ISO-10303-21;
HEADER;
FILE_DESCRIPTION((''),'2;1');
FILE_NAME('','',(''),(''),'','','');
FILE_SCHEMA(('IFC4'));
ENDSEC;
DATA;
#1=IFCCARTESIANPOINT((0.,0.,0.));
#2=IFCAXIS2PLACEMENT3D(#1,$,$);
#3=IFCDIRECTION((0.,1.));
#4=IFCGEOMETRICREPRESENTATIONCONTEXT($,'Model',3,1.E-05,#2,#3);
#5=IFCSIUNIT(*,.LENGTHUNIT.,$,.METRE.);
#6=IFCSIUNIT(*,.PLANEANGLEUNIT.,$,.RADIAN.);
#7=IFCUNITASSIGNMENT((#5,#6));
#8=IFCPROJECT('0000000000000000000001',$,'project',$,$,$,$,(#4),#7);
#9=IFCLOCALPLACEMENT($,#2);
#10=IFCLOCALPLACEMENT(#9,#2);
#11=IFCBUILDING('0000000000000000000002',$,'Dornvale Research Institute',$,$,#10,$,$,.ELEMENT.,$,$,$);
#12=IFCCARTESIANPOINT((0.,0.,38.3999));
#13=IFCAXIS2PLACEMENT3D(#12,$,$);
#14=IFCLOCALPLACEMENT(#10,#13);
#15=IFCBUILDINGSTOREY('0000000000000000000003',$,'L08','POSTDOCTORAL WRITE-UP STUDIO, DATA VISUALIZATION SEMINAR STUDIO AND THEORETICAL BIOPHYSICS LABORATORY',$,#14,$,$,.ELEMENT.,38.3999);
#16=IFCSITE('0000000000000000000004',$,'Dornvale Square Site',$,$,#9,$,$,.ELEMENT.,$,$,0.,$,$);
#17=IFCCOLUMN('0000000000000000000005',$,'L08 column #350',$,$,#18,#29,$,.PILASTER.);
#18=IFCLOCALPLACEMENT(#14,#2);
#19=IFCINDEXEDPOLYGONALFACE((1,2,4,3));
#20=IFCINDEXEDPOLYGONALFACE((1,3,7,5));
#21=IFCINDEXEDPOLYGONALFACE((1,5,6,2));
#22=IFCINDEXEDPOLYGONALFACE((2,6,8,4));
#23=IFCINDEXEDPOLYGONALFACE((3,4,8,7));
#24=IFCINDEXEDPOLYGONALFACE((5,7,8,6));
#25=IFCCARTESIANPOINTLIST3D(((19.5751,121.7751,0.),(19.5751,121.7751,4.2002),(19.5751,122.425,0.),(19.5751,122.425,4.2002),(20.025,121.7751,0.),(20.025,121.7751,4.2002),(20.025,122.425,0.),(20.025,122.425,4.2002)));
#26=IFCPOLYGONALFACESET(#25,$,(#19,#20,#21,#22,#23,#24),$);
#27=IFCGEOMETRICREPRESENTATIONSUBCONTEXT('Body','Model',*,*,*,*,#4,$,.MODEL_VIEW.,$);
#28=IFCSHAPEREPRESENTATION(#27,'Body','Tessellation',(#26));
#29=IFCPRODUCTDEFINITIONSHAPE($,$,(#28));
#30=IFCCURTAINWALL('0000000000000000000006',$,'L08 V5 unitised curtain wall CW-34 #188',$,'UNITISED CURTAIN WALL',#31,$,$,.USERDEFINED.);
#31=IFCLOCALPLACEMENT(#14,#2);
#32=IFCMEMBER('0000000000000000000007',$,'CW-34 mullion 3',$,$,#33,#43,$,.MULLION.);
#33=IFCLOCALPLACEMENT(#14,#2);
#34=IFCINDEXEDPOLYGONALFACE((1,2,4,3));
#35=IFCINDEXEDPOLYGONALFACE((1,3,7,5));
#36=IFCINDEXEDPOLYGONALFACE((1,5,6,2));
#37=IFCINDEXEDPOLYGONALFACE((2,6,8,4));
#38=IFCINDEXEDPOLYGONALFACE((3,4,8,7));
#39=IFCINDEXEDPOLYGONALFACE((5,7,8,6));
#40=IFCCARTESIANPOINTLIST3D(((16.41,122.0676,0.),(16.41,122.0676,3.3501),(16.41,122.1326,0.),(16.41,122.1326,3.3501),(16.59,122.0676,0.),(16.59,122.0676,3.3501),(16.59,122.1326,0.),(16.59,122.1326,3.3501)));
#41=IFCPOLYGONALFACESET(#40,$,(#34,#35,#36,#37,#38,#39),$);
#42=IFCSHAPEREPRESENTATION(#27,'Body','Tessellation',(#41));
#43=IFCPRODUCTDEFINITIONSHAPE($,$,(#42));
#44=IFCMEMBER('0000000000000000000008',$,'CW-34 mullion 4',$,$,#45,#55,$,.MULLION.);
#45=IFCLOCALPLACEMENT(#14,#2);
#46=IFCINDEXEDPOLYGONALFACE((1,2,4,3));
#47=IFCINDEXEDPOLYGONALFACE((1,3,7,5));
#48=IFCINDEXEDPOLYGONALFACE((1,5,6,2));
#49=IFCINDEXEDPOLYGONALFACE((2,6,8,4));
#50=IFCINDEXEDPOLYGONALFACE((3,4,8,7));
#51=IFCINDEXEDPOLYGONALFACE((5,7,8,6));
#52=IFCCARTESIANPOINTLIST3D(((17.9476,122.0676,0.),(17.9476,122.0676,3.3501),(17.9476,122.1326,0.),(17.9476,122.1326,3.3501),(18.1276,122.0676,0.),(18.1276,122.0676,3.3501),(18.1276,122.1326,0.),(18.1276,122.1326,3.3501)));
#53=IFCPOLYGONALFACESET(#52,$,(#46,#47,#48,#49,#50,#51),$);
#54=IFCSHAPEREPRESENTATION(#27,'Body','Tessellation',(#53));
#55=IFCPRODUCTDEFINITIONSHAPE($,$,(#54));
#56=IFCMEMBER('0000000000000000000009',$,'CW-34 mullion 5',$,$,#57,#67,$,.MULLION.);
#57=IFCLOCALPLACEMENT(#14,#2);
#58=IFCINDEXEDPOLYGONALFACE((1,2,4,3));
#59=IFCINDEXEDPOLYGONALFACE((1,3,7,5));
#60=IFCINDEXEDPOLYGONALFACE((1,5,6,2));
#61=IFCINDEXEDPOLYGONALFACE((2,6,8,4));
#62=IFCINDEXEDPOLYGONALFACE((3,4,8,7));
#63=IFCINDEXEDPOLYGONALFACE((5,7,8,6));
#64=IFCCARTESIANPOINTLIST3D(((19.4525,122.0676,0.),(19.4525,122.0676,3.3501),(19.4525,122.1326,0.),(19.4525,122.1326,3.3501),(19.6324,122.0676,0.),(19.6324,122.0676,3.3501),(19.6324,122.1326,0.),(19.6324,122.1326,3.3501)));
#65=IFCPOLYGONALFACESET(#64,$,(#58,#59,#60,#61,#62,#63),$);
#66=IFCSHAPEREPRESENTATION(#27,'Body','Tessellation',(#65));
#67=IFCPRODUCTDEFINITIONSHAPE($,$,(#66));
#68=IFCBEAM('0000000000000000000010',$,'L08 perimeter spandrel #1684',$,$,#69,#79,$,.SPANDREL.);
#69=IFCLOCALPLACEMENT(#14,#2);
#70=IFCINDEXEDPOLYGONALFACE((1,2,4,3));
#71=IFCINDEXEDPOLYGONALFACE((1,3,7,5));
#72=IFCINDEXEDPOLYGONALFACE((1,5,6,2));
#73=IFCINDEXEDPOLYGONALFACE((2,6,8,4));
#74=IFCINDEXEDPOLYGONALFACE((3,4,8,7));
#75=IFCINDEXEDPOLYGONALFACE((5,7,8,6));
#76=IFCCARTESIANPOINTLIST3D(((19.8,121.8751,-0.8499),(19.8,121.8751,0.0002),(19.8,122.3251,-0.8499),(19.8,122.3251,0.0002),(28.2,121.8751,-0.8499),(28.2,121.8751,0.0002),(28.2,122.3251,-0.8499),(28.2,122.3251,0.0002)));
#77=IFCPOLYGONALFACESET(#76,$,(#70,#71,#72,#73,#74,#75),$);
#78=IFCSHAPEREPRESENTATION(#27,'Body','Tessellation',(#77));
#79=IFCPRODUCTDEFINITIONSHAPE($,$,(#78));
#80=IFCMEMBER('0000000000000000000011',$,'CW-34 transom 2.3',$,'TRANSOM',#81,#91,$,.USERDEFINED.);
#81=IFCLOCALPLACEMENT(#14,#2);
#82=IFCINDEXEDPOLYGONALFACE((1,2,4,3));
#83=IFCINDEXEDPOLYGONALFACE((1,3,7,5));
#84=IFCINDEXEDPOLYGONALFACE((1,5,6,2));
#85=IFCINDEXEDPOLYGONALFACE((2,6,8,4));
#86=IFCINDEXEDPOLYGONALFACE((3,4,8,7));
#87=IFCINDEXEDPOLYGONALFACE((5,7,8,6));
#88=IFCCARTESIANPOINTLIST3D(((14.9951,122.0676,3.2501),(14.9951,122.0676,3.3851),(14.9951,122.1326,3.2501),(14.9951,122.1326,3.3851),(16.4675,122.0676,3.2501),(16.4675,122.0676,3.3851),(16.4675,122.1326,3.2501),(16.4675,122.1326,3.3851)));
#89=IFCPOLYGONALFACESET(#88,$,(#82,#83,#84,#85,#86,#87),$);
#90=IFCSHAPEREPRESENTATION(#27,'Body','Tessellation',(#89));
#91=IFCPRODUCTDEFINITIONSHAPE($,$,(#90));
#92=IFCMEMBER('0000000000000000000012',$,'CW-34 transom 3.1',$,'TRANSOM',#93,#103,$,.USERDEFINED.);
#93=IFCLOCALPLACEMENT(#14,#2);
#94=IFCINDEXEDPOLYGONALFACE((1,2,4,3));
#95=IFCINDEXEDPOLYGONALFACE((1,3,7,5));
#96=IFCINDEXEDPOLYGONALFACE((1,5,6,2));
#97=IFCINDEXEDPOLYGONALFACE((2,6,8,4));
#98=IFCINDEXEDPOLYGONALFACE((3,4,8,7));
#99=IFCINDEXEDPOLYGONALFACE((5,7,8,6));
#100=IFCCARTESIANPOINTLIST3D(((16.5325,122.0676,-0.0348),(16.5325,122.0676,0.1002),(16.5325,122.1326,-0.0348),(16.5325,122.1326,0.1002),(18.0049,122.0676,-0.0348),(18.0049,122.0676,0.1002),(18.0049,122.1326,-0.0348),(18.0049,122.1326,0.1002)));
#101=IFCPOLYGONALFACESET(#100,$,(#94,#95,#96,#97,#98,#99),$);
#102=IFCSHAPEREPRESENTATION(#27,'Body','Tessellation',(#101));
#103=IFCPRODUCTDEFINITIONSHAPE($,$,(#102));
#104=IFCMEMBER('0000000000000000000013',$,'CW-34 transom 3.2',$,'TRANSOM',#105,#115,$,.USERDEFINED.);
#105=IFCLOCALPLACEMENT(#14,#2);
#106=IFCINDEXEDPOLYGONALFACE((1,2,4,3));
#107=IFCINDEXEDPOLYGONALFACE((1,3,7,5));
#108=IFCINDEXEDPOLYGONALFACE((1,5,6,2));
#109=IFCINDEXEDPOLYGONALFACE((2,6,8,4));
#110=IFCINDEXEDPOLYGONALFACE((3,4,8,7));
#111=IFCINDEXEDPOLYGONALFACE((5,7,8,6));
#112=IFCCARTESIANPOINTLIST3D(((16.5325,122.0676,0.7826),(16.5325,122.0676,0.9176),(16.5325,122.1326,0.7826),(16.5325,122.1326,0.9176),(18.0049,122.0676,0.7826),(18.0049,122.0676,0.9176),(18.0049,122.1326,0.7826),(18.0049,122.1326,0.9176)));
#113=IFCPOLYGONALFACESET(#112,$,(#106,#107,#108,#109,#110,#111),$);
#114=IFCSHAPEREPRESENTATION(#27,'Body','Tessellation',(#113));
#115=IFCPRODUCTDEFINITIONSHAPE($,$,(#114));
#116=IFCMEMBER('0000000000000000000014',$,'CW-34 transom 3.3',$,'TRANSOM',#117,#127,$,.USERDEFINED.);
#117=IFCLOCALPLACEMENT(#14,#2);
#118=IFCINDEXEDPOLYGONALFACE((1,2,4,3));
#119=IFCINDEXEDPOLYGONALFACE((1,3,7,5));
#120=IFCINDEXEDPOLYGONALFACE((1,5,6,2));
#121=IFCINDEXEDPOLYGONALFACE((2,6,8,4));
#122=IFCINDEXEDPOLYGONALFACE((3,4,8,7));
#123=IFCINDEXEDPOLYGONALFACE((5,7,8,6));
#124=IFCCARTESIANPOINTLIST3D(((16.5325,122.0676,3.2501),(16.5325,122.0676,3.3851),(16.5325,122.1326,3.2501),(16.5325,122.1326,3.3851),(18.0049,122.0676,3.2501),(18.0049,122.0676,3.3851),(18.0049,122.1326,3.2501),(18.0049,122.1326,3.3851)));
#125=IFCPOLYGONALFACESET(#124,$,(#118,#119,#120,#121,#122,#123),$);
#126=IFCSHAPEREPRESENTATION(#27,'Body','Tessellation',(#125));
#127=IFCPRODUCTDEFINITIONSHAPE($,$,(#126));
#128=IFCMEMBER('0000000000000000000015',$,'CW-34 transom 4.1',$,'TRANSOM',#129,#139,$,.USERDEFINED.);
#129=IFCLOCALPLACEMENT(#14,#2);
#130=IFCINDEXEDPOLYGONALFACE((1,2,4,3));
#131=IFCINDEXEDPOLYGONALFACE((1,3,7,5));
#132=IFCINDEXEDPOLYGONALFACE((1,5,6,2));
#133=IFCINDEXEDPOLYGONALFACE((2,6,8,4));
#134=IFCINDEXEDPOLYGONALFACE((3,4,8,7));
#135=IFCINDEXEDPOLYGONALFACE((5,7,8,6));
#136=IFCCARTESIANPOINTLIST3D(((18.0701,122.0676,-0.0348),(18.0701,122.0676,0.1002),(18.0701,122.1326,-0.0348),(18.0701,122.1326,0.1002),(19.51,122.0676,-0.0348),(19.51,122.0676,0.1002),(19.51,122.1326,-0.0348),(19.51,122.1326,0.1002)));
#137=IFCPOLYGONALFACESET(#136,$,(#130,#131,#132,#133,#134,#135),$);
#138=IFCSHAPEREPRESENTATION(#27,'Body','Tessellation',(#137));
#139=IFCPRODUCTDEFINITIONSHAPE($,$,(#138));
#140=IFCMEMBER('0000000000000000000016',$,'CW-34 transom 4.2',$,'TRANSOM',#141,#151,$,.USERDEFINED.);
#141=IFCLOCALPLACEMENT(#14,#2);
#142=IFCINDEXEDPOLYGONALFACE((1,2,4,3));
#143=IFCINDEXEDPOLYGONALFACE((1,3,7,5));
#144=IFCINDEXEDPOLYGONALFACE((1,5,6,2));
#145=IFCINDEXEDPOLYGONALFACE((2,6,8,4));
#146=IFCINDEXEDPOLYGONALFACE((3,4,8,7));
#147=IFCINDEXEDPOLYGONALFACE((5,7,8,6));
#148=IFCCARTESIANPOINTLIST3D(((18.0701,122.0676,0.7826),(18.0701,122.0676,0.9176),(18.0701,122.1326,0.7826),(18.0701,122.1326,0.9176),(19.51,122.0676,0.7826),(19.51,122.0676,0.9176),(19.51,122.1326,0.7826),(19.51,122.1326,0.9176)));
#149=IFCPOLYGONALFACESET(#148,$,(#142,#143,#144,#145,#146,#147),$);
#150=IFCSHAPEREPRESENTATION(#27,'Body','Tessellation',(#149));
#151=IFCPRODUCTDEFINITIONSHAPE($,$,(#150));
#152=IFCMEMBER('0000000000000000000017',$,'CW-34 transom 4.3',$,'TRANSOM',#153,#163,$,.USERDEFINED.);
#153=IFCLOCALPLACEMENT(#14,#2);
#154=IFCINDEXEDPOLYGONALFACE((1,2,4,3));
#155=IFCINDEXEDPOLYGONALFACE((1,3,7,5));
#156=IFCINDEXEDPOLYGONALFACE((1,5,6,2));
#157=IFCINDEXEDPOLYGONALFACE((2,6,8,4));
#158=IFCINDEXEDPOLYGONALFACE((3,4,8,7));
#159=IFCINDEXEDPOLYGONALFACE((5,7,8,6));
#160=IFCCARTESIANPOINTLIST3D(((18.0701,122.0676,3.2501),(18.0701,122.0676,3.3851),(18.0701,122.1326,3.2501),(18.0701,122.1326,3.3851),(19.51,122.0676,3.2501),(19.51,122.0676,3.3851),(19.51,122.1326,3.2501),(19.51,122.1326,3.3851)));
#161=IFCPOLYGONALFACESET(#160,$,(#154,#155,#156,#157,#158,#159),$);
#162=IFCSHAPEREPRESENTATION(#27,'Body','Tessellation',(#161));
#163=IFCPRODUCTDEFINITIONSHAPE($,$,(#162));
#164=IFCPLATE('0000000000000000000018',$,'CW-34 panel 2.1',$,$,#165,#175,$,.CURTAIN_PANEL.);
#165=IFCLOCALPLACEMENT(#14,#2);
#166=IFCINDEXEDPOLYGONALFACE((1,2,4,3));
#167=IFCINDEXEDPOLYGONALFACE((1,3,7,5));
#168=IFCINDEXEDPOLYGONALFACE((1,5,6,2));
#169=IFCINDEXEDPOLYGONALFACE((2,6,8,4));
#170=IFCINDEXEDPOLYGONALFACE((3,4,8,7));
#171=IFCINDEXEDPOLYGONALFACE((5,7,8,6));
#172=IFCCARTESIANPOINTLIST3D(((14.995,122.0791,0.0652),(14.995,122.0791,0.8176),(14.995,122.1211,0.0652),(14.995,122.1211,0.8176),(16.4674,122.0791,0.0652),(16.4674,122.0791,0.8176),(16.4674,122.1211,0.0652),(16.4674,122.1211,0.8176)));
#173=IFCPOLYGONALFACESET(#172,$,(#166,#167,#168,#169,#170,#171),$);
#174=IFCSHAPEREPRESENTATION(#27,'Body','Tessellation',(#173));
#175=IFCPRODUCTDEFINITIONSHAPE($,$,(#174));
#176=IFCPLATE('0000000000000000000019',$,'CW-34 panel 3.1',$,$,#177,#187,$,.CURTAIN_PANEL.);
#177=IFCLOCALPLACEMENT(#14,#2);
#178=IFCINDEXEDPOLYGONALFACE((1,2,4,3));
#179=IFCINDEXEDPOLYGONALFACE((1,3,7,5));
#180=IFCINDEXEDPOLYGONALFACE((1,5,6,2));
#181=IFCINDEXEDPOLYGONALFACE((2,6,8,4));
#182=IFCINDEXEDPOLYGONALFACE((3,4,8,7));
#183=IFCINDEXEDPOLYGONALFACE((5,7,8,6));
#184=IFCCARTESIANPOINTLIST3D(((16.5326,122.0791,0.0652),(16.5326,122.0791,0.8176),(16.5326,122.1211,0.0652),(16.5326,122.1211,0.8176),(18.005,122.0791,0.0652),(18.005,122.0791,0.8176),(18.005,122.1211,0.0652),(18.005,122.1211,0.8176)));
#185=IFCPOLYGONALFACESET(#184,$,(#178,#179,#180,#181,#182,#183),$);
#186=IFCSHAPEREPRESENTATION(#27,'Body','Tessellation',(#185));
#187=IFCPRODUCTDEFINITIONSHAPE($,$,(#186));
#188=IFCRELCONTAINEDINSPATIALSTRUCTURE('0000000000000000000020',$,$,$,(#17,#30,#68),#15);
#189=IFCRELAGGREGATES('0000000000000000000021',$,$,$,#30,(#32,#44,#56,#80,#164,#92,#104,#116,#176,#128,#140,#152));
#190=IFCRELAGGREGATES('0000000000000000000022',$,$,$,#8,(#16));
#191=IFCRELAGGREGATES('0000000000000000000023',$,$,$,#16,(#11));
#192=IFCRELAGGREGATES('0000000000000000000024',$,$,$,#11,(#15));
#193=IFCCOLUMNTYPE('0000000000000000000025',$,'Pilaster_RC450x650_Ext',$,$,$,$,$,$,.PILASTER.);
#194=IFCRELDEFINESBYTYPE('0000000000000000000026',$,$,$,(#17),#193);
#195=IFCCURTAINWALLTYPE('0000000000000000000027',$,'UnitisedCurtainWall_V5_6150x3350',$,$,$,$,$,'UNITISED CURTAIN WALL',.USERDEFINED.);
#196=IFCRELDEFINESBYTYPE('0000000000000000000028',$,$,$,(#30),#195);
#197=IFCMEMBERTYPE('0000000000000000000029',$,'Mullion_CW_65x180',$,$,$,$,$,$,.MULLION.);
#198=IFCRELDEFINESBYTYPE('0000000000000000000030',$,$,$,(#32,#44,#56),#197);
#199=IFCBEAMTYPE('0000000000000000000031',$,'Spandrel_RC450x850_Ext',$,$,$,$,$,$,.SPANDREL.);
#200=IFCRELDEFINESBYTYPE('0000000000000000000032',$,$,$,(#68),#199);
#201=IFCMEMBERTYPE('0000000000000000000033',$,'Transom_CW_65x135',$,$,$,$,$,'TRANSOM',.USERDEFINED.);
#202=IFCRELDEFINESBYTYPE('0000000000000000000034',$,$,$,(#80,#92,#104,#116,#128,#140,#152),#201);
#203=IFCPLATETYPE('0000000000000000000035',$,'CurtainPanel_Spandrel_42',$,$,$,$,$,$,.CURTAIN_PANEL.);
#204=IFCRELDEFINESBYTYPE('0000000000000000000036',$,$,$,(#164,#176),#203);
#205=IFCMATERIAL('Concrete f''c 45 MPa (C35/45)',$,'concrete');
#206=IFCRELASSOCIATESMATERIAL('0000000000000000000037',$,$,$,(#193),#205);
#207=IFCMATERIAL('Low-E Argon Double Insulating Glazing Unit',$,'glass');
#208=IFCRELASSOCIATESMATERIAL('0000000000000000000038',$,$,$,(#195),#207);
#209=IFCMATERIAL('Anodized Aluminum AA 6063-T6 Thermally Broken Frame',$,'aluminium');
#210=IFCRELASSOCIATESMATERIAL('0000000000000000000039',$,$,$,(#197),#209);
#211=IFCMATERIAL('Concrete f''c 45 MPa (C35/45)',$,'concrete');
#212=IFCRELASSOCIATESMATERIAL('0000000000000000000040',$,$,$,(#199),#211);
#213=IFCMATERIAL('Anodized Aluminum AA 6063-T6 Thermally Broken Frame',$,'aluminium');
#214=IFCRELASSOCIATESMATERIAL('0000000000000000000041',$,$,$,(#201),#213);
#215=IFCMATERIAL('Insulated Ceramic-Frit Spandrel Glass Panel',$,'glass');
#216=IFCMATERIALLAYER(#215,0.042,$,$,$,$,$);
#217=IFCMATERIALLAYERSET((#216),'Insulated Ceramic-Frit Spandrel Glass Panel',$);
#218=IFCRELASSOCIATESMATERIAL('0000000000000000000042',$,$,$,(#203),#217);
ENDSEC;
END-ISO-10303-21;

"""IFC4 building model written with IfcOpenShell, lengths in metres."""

from ifc_helpers import new_model, si_unit, direction, frame, origin, origin_2d, place, context, subcontext, project, spatial, rectangle, extrude, material, layer, layer_set, material_profile, profile_set, type_object, element, aggregate, save


model = new_model("IFC4")

# Units and contexts
model_context = context("Model", 3, precision=1e-05, world=origin(), true_north=direction((0.0, 1.0)))
body_context = subcontext(model_context, "Body", "Model", "MODEL_VIEW")
ifc_project = project(units=[si_unit("LENGTHUNIT", "METRE"), si_unit("PLANEANGLEUNIT", "RADIAN")], contexts=[model_context])

# Site, building, storey
site_placement = place(None, origin())
site = spatial("IfcSite", under=ifc_project, at=site_placement, Name="Dornvale Square Site", CompositionType="ELEMENT", RefElevation=0.0)
building_placement = place(site_placement, origin())
building = spatial("IfcBuilding", under=site, at=building_placement, Name="Dornvale Research Institute", CompositionType="ELEMENT")
storey_placement = place(building_placement, frame((0.0, 0.0, 38.3999)))
storey = spatial("IfcBuildingStorey", under=building, at=storey_placement, Name="L08", Description="POSTDOCTORAL WRITE-UP STUDIO, DATA VISUALIZATION SEMINAR STUDIO AND THEORETICAL BIOPHYSICS LABORATORY", CompositionType="ELEMENT", Elevation=38.3999)

# Column
ifc_material_1 = material(Name="Concrete f'c 45 MPa (C35/45)", Category="concrete")
ifc_material_profile_1 = material_profile(ifc_material_1, rectangle(XDim=0.45, YDim=0.6499, at=origin_2d()), Name="RC 450x650")
ifc_profile_set_1 = profile_set([ifc_material_profile_1], Name="Concrete f'c 45 MPa (C35/45)")
column_type = type_object("IfcColumnType", Name="Pilaster_RC450x650_Ext", PredefinedType="PILASTER", material=ifc_profile_set_1)
column_placement = place(storey_placement, frame((19.8, 122.1001, 0.0), z_axis=(0.0, 0.0, 1.0), x_axis=(1.0, 0.0, 0.0)))
element("IfcColumn", 1, at=column_placement, inside=storey, type_object=column_type, Name="L08 column #350", PredefinedType="PILASTER", context=body_context, shape_type="SweptSolid", body=[
    extrude(rectangle(XDim=0.45, YDim=0.6499, at=origin_2d()), origin(), (0.0, 0.0, 1.0), 4.2002),
])

# Curtain wall, members
ifc_material_2 = material(Name="Low-E Argon Double Insulating Glazing Unit", Category="glass")
curtain_wall_type = type_object("IfcCurtainWallType", Name="UnitisedCurtainWall_V5_6150x3350", ElementType="UNITISED CURTAIN WALL", PredefinedType="USERDEFINED", material=ifc_material_2)
curtain_wall_placement = place(storey_placement, origin())
curtain_wall = element("IfcCurtainWall", 2, at=curtain_wall_placement, inside=storey, type_object=curtain_wall_type, Name="L08 V5 unitised curtain wall CW-34 #188", ObjectType="UNITISED CURTAIN WALL", PredefinedType="USERDEFINED")
ifc_material_3 = material(Name="Anodized Aluminum AA 6063-T6 Thermally Broken Frame", Category="aluminium")
ifc_material_profile_2 = material_profile(ifc_material_3, rectangle(XDim=0.0649, YDim=0.1799, at=origin_2d()), Name="ALU MULLION 65x180")
ifc_profile_set_2 = profile_set([ifc_material_profile_2], Name="Anodized Aluminum AA 6063-T6 Thermally Broken Frame")
member_type_1 = type_object("IfcMemberType", Name="Mullion_CW_65x180", PredefinedType="MULLION", material=ifc_profile_set_2)
member_1_placement = place(storey_placement, frame((16.5, 122.1001, 0.0), z_axis=(0.0, 0.0, 1.0), x_axis=(0.0, 1.0, 0.0)))
member_1 = element("IfcMember", 3, at=member_1_placement, type_object=member_type_1, Name="CW-34 mullion 3", PredefinedType="MULLION", context=body_context, shape_type="SweptSolid", body=[
    extrude(rectangle(XDim=0.0649, YDim=0.1799, at=origin_2d()), origin(), (0.0, 0.0, 1.0), 3.3501),
])
member_2_placement = place(storey_placement, frame((18.0376, 122.1001, 0.0), z_axis=(0.0, 0.0, 1.0), x_axis=(0.0, 1.0, 0.0)))
member_2 = element("IfcMember", 4, at=member_2_placement, type_object=member_type_1, Name="CW-34 mullion 4", PredefinedType="MULLION", context=body_context, shape_type="SweptSolid", body=[
    extrude(rectangle(XDim=0.0649, YDim=0.1799, at=origin_2d()), origin(), (0.0, 0.0, 1.0), 3.3501),
])
member_3_placement = place(storey_placement, frame((19.5425, 122.1001, 0.0), z_axis=(0.0, 0.0, 1.0), x_axis=(0.0, 1.0, 0.0)))
member_3 = element("IfcMember", 5, at=member_3_placement, type_object=member_type_1, Name="CW-34 mullion 5", PredefinedType="MULLION", context=body_context, shape_type="SweptSolid", body=[
    extrude(rectangle(XDim=0.0649, YDim=0.1799, at=origin_2d()), origin(), (0.0, 0.0, 1.0), 3.3501),
])

# Beam
ifc_material_4 = material(Name="Concrete f'c 45 MPa (C35/45)", Category="concrete")
ifc_material_profile_3 = material_profile(ifc_material_4, rectangle(XDim=0.45, YDim=0.8501, at=origin_2d()), Name="RC 450x850")
ifc_profile_set_3 = profile_set([ifc_material_profile_3], Name="Concrete f'c 45 MPa (C35/45)")
beam_type = type_object("IfcBeamType", Name="Spandrel_RC450x850_Ext", PredefinedType="SPANDREL", material=ifc_profile_set_3)
beam_placement = place(storey_placement, frame((19.8, 122.1001, -0.4248), z_axis=(1.0, 0.0, 0.0), x_axis=(0.0, 1.0, 0.0)))
element("IfcBeam", 6, at=beam_placement, inside=storey, type_object=beam_type, Name="L08 perimeter spandrel #1684", PredefinedType="SPANDREL", context=body_context, shape_type="SweptSolid", body=[
    extrude(rectangle(XDim=0.45, YDim=0.8501, at=origin_2d()), origin(), (0.0, 0.0, 1.0), 8.3999),
])

# Members
ifc_material_5 = material(Name="Anodized Aluminum AA 6063-T6 Thermally Broken Frame", Category="aluminium")
ifc_material_profile_4 = material_profile(ifc_material_5, rectangle(XDim=0.0649, YDim=0.135, at=origin_2d()), Name="ALU TRANSOM 65x135")
ifc_profile_set_4 = profile_set([ifc_material_profile_4], Name="Anodized Aluminum AA 6063-T6 Thermally Broken Frame")
member_type_2 = type_object("IfcMemberType", Name="Transom_CW_65x135", ElementType="TRANSOM", PredefinedType="USERDEFINED", material=ifc_profile_set_4)
member_4_placement = place(storey_placement, frame((14.9951, 122.1001, 3.3176), z_axis=(1.0, 0.0, 0.0), x_axis=(0.0, 1.0, 0.0)))
member_4 = element("IfcMember", 7, at=member_4_placement, type_object=member_type_2, Name="CW-34 transom 2.3", ObjectType="TRANSOM", PredefinedType="USERDEFINED", context=body_context, shape_type="SweptSolid", body=[
    extrude(rectangle(XDim=0.0649, YDim=0.135, at=origin_2d()), origin(), (0.0, 0.0, 1.0), 1.4724),
])
member_5_placement = place(storey_placement, frame((16.5325, 122.1001, 0.0327), z_axis=(1.0, 0.0, 0.0), x_axis=(0.0, 1.0, 0.0)))
member_5 = element("IfcMember", 8, at=member_5_placement, type_object=member_type_2, Name="CW-34 transom 3.1", ObjectType="TRANSOM", PredefinedType="USERDEFINED", context=body_context, shape_type="SweptSolid", body=[
    extrude(rectangle(XDim=0.0649, YDim=0.135, at=origin_2d()), origin(), (0.0, 0.0, 1.0), 1.4724),
])
member_6_placement = place(storey_placement, frame((16.5325, 122.1001, 0.8501), z_axis=(1.0, 0.0, 0.0), x_axis=(0.0, 1.0, 0.0)))
member_6 = element("IfcMember", 9, at=member_6_placement, type_object=member_type_2, Name="CW-34 transom 3.2", ObjectType="TRANSOM", PredefinedType="USERDEFINED", context=body_context, shape_type="SweptSolid", body=[
    extrude(rectangle(XDim=0.0649, YDim=0.135, at=origin_2d()), origin(), (0.0, 0.0, 1.0), 1.4724),
])
member_7_placement = place(storey_placement, frame((16.5325, 122.1001, 3.3176), z_axis=(1.0, 0.0, 0.0), x_axis=(0.0, 1.0, 0.0)))
member_7 = element("IfcMember", 10, at=member_7_placement, type_object=member_type_2, Name="CW-34 transom 3.3", ObjectType="TRANSOM", PredefinedType="USERDEFINED", context=body_context, shape_type="SweptSolid", body=[
    extrude(rectangle(XDim=0.0649, YDim=0.135, at=origin_2d()), origin(), (0.0, 0.0, 1.0), 1.4724),
])
member_8_placement = place(storey_placement, frame((18.0701, 122.1001, 0.0327), z_axis=(1.0, 0.0, 0.0), x_axis=(0.0, 1.0, 0.0)))
member_8 = element("IfcMember", 11, at=member_8_placement, type_object=member_type_2, Name="CW-34 transom 4.1", ObjectType="TRANSOM", PredefinedType="USERDEFINED", context=body_context, shape_type="SweptSolid", body=[
    extrude(rectangle(XDim=0.0649, YDim=0.135, at=origin_2d()), origin(), (0.0, 0.0, 1.0), 1.4399),
])
member_9_placement = place(storey_placement, frame((18.0701, 122.1001, 0.8501), z_axis=(1.0, 0.0, 0.0), x_axis=(0.0, 1.0, 0.0)))
member_9 = element("IfcMember", 12, at=member_9_placement, type_object=member_type_2, Name="CW-34 transom 4.2", ObjectType="TRANSOM", PredefinedType="USERDEFINED", context=body_context, shape_type="SweptSolid", body=[
    extrude(rectangle(XDim=0.0649, YDim=0.135, at=origin_2d()), origin(), (0.0, 0.0, 1.0), 1.4399),
])
member_10_placement = place(storey_placement, frame((18.0701, 122.1001, 3.3176), z_axis=(1.0, 0.0, 0.0), x_axis=(0.0, 1.0, 0.0)))
member_10 = element("IfcMember", 13, at=member_10_placement, type_object=member_type_2, Name="CW-34 transom 4.3", ObjectType="TRANSOM", PredefinedType="USERDEFINED", context=body_context, shape_type="SweptSolid", body=[
    extrude(rectangle(XDim=0.0649, YDim=0.135, at=origin_2d()), origin(), (0.0, 0.0, 1.0), 1.4399),
])

# Plates
ifc_material_6 = material(Name="Insulated Ceramic-Frit Spandrel Glass Panel", Category="glass")
ifc_layer_1 = layer(ifc_material_6, 0.042)
ifc_layer_set_1 = layer_set([ifc_layer_1], Name="Insulated Ceramic-Frit Spandrel Glass Panel")
plate_type_1 = type_object("IfcPlateType", Name="CurtainPanel_Spandrel_42", PredefinedType="CURTAIN_PANEL", material=ifc_layer_set_1)
plate_1_placement = place(storey_placement, frame((15.7312, 122.1001, 0.0652), z_axis=(0.0, 0.0, 1.0), x_axis=(1.0, 0.0, 0.0)))
plate_1 = element("IfcPlate", 14, at=plate_1_placement, type_object=plate_type_1, Name="CW-34 panel 2.1", PredefinedType="CURTAIN_PANEL", context=body_context, shape_type="SweptSolid", body=[
    extrude(rectangle(XDim=1.4724, YDim=0.042, at=origin_2d()), origin(), (0.0, 0.0, 1.0), 0.7524),
])
plate_2_placement = place(storey_placement, frame((17.2688, 122.1001, 0.0652), z_axis=(0.0, 0.0, 1.0), x_axis=(1.0, 0.0, 0.0)))
plate_2 = element("IfcPlate", 15, at=plate_2_placement, type_object=plate_type_1, Name="CW-34 panel 3.1", PredefinedType="CURTAIN_PANEL", context=body_context, shape_type="SweptSolid", body=[
    extrude(rectangle(XDim=1.4724, YDim=0.042, at=origin_2d()), origin(), (0.0, 0.0, 1.0), 0.7524),
])
aggregate(curtain_wall, [member_1, member_2, member_3, member_4, plate_1, member_5, member_6, member_7, plate_2, member_8, member_9, member_10])

save(model, "model.ifc")
